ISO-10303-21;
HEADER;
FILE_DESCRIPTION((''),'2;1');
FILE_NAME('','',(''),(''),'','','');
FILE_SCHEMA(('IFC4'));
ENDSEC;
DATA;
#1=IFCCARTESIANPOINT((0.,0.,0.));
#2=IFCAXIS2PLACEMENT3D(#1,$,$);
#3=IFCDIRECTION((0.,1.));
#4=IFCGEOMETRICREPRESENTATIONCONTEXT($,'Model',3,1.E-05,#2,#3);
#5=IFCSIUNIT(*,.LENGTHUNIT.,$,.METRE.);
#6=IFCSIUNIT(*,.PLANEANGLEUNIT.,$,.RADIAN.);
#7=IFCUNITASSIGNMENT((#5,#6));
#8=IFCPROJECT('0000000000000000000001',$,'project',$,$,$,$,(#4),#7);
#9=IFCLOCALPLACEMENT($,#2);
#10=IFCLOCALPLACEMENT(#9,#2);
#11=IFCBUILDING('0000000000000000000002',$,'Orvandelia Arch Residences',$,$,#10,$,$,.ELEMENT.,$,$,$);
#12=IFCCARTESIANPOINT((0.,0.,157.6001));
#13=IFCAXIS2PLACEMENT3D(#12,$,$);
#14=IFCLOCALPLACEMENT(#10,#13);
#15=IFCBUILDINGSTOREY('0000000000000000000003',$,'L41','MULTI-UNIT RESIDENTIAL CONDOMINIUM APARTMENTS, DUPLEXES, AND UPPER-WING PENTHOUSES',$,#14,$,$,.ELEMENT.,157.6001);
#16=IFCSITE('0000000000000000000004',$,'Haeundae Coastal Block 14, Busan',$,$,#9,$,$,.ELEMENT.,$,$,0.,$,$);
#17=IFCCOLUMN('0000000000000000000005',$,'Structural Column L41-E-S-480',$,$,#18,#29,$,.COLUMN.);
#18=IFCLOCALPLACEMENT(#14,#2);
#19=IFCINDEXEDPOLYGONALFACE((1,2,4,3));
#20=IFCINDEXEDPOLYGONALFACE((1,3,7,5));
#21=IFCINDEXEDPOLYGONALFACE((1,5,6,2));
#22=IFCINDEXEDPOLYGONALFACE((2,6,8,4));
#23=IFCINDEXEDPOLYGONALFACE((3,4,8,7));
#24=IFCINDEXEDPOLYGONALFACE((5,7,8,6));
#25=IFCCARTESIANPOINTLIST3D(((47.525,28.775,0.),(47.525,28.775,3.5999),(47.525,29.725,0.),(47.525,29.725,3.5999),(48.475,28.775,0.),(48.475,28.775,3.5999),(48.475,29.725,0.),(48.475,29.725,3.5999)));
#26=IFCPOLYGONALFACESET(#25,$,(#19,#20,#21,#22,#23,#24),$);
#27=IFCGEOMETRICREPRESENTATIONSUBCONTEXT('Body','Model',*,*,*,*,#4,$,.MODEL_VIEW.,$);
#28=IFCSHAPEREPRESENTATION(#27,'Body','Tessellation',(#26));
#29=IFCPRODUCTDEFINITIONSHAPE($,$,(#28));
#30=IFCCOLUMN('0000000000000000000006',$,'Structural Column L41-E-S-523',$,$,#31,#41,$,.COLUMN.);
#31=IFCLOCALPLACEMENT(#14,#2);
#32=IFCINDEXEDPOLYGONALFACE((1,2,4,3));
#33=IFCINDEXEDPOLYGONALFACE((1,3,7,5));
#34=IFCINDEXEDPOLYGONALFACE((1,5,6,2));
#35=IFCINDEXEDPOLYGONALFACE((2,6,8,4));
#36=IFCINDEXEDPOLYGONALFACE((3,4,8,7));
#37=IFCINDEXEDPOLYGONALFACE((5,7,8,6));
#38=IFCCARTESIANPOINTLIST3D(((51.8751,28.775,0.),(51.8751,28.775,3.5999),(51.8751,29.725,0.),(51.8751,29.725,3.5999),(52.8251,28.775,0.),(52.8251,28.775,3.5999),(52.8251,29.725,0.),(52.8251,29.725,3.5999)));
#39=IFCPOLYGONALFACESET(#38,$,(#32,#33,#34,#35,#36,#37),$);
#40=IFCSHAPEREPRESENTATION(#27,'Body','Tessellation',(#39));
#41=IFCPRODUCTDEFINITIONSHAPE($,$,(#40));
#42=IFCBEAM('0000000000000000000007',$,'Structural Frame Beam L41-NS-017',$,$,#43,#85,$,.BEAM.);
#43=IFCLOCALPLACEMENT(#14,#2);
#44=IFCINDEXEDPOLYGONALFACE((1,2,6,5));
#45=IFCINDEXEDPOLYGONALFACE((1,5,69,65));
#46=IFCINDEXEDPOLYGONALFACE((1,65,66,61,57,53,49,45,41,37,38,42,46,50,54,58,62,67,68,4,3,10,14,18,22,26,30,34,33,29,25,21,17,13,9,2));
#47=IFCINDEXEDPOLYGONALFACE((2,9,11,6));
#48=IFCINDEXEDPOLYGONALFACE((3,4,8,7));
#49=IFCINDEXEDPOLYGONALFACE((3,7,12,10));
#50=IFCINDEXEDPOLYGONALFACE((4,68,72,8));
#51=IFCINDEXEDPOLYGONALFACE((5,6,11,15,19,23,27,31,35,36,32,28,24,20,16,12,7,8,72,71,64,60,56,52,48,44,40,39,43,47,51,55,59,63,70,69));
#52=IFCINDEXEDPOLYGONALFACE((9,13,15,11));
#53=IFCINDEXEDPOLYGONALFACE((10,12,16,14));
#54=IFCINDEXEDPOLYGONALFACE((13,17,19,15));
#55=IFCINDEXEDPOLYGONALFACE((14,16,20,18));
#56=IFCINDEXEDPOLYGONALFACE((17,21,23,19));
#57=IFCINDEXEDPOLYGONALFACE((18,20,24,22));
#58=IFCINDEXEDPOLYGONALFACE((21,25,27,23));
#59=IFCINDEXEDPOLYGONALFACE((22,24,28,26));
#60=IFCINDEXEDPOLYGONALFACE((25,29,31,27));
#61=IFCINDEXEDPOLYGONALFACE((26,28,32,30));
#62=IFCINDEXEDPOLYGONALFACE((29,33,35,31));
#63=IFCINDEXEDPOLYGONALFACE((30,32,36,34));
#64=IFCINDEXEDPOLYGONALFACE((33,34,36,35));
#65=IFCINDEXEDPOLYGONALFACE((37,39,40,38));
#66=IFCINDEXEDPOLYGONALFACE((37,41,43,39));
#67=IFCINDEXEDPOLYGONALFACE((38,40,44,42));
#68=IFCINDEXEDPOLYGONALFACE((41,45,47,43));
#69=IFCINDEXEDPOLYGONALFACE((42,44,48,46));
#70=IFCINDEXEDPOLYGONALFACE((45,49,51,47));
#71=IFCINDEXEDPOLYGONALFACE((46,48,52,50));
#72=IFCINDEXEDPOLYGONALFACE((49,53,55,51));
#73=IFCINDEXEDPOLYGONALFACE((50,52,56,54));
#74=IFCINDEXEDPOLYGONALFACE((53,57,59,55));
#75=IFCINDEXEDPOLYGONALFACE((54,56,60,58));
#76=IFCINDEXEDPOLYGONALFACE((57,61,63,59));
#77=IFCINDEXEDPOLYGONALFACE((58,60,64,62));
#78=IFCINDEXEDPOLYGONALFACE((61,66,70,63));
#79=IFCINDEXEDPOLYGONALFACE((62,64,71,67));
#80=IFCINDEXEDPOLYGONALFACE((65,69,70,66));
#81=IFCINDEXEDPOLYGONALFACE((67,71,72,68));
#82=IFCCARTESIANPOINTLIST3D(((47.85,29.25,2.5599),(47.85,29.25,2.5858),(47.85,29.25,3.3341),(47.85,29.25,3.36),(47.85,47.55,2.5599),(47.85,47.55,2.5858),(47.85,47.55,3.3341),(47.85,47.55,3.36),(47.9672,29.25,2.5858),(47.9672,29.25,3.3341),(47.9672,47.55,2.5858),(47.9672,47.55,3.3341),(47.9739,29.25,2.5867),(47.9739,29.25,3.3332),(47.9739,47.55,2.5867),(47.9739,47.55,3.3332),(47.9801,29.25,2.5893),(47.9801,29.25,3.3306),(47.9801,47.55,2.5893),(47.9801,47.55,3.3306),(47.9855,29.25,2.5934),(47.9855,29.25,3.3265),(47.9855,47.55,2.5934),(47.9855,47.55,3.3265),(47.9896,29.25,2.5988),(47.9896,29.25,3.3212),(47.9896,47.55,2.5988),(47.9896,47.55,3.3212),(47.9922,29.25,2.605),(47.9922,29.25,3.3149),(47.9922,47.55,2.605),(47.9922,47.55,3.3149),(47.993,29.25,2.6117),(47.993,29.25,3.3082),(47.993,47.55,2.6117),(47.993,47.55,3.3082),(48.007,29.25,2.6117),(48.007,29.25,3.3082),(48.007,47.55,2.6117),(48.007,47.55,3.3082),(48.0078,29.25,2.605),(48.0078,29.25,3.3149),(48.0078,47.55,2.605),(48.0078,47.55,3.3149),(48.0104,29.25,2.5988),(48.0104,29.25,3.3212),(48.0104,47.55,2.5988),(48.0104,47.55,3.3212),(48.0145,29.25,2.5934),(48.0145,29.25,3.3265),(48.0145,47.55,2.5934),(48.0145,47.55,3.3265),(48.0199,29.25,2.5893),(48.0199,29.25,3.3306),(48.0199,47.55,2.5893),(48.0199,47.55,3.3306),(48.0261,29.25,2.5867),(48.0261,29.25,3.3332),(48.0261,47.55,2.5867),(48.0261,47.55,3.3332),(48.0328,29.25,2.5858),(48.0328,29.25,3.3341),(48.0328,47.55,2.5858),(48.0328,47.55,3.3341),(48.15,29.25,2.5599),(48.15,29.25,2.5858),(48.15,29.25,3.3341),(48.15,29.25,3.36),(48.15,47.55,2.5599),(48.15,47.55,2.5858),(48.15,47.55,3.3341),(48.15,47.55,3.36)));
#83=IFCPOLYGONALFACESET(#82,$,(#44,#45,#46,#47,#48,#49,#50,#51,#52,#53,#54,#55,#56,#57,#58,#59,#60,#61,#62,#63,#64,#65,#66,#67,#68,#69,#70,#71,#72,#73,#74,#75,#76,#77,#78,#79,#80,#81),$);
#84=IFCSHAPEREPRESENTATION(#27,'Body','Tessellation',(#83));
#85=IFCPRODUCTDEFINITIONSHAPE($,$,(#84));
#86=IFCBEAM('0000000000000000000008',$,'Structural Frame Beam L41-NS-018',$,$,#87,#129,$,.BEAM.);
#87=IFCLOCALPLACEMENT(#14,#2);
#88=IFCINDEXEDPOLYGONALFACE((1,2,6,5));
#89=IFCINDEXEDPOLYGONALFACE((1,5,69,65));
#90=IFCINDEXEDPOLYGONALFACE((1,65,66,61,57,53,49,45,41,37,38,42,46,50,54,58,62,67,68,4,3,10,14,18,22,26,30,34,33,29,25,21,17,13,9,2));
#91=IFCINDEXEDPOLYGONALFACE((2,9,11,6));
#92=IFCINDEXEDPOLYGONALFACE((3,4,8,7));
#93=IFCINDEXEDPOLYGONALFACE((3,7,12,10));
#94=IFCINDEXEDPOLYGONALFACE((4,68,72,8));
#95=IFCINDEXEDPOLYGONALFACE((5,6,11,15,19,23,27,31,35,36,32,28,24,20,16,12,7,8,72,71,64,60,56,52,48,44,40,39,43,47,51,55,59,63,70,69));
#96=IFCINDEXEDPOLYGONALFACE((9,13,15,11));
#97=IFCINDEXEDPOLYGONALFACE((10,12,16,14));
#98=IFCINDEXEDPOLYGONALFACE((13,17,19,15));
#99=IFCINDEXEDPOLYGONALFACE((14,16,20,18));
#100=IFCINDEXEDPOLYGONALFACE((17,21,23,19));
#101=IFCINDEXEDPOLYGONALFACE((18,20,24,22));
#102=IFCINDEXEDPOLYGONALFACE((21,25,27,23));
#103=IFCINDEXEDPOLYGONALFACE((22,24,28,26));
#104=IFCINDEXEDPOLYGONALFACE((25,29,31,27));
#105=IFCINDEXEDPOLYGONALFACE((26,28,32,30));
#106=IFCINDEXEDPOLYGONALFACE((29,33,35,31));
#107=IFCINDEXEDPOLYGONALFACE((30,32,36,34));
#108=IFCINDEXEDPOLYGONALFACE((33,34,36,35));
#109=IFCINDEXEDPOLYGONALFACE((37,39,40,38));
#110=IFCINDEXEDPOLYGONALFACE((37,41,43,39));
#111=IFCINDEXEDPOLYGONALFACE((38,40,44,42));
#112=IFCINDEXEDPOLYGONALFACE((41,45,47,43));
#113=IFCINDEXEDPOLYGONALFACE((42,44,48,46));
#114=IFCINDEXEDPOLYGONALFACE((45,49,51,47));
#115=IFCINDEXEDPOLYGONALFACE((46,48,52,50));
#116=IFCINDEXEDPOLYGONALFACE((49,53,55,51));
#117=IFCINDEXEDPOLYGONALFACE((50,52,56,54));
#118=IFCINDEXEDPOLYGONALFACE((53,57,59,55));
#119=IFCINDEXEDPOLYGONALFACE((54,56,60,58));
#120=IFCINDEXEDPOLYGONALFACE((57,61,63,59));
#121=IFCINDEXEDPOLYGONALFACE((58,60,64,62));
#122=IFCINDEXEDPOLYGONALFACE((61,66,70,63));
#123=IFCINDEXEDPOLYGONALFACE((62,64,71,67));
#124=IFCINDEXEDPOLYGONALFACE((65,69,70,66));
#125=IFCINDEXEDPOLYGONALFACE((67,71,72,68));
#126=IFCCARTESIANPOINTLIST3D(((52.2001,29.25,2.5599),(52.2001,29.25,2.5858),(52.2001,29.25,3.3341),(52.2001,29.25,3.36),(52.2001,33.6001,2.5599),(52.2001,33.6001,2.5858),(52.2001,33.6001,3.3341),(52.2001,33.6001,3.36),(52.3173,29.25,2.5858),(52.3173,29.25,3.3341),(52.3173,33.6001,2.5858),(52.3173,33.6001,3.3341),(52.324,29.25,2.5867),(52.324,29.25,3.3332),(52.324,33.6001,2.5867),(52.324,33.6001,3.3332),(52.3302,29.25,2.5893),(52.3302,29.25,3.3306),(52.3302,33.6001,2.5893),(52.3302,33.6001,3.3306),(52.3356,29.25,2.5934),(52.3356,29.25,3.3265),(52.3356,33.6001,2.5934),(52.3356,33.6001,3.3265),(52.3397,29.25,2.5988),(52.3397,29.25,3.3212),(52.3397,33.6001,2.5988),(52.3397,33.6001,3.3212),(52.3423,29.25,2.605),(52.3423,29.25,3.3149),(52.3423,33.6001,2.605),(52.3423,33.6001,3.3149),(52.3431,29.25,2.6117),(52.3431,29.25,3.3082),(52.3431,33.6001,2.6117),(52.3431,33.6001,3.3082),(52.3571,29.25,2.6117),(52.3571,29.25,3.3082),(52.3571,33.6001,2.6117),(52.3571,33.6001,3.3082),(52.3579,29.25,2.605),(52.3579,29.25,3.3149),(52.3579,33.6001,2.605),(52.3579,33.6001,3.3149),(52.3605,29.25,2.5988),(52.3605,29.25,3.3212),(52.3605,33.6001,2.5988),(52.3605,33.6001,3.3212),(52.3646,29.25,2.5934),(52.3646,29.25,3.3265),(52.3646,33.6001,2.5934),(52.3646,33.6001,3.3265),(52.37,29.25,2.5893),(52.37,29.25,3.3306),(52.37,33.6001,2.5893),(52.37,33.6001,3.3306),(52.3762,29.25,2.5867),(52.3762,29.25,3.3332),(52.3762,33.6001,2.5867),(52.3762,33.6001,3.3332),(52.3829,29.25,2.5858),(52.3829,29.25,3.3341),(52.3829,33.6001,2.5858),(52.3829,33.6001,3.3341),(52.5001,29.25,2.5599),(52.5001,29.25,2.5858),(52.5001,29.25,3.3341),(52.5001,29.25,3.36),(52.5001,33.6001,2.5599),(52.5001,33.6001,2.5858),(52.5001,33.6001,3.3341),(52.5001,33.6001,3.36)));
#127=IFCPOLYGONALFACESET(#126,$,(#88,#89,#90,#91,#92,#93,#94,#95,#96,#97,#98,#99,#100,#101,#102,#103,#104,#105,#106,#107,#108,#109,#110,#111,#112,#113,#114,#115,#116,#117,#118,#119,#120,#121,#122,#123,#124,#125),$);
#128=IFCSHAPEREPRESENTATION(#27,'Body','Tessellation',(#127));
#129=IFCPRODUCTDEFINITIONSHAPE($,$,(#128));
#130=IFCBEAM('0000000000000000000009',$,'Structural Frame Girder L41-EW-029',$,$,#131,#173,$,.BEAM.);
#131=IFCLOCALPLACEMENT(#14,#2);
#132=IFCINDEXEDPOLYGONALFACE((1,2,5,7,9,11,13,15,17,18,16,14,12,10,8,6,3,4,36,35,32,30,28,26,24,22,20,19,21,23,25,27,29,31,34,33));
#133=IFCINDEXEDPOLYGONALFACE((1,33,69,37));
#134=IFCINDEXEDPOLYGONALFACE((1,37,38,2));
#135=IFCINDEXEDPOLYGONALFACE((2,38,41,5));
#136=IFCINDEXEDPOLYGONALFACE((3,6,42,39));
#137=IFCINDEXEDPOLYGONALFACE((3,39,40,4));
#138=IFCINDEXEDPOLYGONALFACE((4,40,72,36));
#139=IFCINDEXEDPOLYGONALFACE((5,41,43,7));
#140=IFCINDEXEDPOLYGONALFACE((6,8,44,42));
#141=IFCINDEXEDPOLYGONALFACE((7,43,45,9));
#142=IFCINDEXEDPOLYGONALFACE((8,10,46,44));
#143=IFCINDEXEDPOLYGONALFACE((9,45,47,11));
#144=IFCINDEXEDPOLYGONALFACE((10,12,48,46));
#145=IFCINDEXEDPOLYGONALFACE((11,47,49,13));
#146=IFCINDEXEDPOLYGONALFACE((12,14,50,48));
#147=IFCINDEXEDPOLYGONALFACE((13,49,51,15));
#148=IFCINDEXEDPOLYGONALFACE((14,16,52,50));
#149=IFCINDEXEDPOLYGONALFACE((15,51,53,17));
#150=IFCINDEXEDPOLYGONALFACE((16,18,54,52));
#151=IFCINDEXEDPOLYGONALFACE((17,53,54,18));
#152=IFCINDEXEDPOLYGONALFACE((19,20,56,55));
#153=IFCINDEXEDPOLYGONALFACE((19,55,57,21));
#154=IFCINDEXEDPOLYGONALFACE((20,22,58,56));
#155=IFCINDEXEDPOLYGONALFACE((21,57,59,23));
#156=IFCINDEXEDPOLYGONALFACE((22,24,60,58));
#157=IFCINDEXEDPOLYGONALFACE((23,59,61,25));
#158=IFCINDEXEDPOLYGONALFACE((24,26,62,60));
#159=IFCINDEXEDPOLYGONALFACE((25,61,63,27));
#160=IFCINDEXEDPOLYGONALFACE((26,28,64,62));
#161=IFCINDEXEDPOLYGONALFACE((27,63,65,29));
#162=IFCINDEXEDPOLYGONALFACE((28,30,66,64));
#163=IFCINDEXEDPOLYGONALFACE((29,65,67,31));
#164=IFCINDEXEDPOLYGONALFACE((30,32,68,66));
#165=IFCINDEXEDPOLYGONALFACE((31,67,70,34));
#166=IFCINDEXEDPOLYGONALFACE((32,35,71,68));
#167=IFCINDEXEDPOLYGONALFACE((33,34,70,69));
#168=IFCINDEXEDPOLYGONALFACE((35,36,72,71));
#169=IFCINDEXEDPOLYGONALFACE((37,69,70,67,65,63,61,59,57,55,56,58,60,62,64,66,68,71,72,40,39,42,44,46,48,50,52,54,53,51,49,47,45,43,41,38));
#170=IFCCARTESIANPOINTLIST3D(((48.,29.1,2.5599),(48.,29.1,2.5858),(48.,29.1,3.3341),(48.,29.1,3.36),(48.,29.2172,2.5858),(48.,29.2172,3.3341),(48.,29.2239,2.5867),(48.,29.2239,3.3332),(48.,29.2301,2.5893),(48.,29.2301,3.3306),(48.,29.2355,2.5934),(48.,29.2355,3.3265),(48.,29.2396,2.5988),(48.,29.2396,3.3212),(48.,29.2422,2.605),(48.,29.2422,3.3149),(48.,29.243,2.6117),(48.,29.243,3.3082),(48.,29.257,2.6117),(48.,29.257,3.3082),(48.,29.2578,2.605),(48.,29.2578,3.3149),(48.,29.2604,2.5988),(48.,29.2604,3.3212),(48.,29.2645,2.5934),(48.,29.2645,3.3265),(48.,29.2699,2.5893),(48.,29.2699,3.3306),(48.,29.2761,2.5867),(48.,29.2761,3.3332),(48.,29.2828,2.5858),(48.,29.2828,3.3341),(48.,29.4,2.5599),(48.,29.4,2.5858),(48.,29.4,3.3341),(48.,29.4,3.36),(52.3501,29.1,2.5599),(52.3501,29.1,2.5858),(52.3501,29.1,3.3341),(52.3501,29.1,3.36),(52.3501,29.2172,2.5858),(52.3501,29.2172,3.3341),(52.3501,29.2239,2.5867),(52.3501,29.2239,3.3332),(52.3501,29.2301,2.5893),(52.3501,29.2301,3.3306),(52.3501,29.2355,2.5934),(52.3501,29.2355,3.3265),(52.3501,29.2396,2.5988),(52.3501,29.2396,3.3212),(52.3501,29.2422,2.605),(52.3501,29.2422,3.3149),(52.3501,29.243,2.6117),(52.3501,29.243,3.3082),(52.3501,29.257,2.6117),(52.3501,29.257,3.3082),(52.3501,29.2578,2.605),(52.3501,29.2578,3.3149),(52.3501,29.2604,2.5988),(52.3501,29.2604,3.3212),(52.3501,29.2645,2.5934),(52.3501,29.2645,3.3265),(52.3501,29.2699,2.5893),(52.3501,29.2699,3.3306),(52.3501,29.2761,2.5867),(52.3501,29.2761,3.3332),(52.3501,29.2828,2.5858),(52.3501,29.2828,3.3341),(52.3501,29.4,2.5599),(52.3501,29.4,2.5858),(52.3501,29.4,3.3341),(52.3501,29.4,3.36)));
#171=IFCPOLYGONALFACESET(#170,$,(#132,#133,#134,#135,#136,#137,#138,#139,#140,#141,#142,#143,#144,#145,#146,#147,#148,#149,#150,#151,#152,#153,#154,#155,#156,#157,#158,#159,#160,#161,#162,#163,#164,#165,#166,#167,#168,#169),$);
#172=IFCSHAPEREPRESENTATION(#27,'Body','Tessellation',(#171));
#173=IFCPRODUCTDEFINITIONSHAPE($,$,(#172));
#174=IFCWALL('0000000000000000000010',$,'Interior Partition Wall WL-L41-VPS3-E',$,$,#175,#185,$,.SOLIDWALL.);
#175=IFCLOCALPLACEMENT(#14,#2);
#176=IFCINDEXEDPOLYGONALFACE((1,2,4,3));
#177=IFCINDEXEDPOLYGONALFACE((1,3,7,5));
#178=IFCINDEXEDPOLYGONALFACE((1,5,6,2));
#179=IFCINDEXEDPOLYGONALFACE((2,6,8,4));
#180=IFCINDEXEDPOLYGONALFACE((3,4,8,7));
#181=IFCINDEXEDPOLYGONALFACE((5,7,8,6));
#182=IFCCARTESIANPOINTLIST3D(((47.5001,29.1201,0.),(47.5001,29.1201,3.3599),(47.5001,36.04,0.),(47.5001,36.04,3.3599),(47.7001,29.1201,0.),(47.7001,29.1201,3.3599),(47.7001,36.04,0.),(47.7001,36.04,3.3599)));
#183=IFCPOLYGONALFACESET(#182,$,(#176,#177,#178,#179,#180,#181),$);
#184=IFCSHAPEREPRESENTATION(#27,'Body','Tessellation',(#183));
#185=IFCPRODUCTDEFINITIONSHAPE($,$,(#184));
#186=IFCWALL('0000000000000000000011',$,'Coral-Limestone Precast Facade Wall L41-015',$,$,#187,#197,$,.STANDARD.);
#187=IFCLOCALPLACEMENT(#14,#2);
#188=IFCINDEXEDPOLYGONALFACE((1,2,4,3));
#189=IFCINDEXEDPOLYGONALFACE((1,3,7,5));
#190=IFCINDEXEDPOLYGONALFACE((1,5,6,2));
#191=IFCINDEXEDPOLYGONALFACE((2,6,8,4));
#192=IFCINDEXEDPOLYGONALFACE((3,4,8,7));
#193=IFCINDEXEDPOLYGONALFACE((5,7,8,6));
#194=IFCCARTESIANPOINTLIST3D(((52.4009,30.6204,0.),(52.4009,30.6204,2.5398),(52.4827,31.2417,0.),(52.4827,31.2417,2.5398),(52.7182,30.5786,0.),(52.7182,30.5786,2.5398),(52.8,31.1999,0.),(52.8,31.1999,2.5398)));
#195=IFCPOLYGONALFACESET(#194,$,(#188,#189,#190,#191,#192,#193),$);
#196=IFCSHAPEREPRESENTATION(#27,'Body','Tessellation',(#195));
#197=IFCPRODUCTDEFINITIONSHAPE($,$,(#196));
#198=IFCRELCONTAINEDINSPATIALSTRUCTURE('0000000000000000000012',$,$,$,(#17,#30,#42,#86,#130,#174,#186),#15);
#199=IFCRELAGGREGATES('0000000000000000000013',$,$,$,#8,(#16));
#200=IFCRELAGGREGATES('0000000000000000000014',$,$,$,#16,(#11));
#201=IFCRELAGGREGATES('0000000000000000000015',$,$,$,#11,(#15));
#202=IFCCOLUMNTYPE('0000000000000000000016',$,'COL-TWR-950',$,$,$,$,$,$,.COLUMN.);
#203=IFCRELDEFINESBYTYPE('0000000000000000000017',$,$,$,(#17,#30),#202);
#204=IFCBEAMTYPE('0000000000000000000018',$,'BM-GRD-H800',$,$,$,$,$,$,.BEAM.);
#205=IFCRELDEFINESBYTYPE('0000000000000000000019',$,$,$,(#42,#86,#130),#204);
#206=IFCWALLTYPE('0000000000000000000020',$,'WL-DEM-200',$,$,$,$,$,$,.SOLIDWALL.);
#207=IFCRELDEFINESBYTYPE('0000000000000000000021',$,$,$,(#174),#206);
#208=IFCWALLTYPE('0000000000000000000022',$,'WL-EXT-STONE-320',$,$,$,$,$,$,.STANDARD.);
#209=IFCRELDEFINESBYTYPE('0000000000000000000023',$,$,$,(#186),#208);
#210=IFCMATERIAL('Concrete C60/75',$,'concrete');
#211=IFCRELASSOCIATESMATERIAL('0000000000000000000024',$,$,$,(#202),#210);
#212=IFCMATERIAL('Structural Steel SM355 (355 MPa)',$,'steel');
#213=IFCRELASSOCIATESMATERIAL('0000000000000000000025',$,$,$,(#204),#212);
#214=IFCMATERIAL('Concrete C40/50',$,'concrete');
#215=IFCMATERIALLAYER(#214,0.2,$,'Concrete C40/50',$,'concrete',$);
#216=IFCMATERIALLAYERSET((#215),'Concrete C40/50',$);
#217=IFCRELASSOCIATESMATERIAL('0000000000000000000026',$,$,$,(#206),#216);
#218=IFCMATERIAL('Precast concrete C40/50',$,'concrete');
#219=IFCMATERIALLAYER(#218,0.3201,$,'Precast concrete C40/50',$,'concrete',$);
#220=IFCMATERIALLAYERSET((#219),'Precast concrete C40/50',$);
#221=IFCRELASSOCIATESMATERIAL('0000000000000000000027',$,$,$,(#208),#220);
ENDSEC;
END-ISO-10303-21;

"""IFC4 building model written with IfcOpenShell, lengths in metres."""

from ifc_helpers import new_model, si_unit, direction, frame, frame_2d, origin, origin_2d, place, context, subcontext, project, spatial, rectangle, i_section, extrude, material, layer, layer_set, material_profile, profile_set, type_object, element, save


model = new_model("IFC4")

# Units and contexts
model_context = context("Model", 3, precision=1e-05, world=origin(), true_north=direction((0.0, 1.0)))
body_context = subcontext(model_context, "Body", "Model", "MODEL_VIEW")
ifc_project = project(units=[si_unit("LENGTHUNIT", "METRE"), si_unit("PLANEANGLEUNIT", "RADIAN")], contexts=[model_context])

# Site, building, storey
site_placement = place(None, origin())
site = spatial("IfcSite", under=ifc_project, at=site_placement, Name="Haeundae Coastal Block 14, Busan", CompositionType="ELEMENT", RefElevation=0.0)
building_placement = place(site_placement, origin())
building = spatial("IfcBuilding", under=site, at=building_placement, Name="Orvandelia Arch Residences", CompositionType="ELEMENT")
storey_placement = place(building_placement, frame((0.0, 0.0, 157.6001)))
storey = spatial("IfcBuildingStorey", under=building, at=storey_placement, Name="L41", Description="MULTI-UNIT RESIDENTIAL CONDOMINIUM APARTMENTS, DUPLEXES, AND UPPER-WING PENTHOUSES", CompositionType="ELEMENT", Elevation=157.6001)

# Columns
ifc_material_1 = material(Name="Concrete C60/75", Category="concrete")
ifc_material_profile_1 = material_profile(ifc_material_1, rectangle(XDim=0.95, YDim=0.95, at=origin_2d()), Name="Concrete C60/75", Category="concrete")
ifc_profile_set_1 = profile_set([ifc_material_profile_1], Name="Concrete C60/75")
column_type = type_object("IfcColumnType", Name="COL-TWR-950", PredefinedType="COLUMN", material=ifc_profile_set_1)
for number, where, z_axis, x_axis, name in (
    (1, (48.0, 29.25, 0.0), (0.0, 0.0, 1.0), (1.0, 0.0, 0.0), "Structural Column L41-E-S-480"),
    (2, (52.3501, 29.25, 0.0), (0.0, 0.0, 1.0), (1.0, 0.0, 0.0), "Structural Column L41-E-S-523"),
):
    element("IfcColumn", number, at=place(storey_placement, frame(where, z_axis=z_axis, x_axis=x_axis)), inside=storey, type_object=column_type, Name=name, PredefinedType="COLUMN", context=body_context, shape_type="SweptSolid", body=[
        extrude(rectangle(XDim=0.95, YDim=0.95, at=origin_2d()), origin(), (0.0, 0.0, 1.0), 3.5999),
    ])

# Beams
ifc_material_2 = material(Name="Structural Steel SM355 (355 MPa)", Category="steel")
ifc_material_profile_2 = material_profile(ifc_material_2, i_section(OverallWidth=0.3, OverallDepth=0.8, WebThickness=0.0139, FlangeThickness=0.0259, FilletRadius=0.0259, at=origin_2d()), Name="Structural Steel SM355 (355 MPa)", Category="steel")
ifc_profile_set_2 = profile_set([ifc_material_profile_2], Name="Structural Steel SM355 (355 MPa)")
beam_type = type_object("IfcBeamType", Name="BM-GRD-H800", PredefinedType="BEAM", material=ifc_profile_set_2)
beam_placement = place(storey_placement, frame((48.0, 29.25, 2.96), z_axis=(0.0, 1.0, 0.0), x_axis=(-1.0, 0.0, 0.0)))
element("IfcBeam", 3, at=beam_placement, inside=storey, type_object=beam_type, Name="Structural Frame Beam L41-NS-017", PredefinedType="BEAM", context=body_context, shape_type="SweptSolid", body=[
    extrude(i_section(OverallWidth=0.3, OverallDepth=0.8, WebThickness=0.0139, FlangeThickness=0.0259, FilletRadius=0.0259, at=origin_2d()), origin(), (0.0, 0.0, 1.0), 18.3),
])
for number, where, z_axis, x_axis, name in (
    (4, (52.3501, 29.25, 2.96), (0.0, 1.0, 0.0), (-1.0, 0.0, 0.0), "Structural Frame Beam L41-NS-018"),
    (5, (48.0, 29.25, 2.96), (1.0, 0.0, 0.0), (0.0, 1.0, 0.0), "Structural Frame Girder L41-EW-029"),
):
    element("IfcBeam", number, at=place(storey_placement, frame(where, z_axis=z_axis, x_axis=x_axis)), inside=storey, type_object=beam_type, Name=name, PredefinedType="BEAM", context=body_context, shape_type="SweptSolid", body=[
        extrude(i_section(OverallWidth=0.3, OverallDepth=0.8, WebThickness=0.0139, FlangeThickness=0.0259, FilletRadius=0.0259, at=origin_2d()), origin(), (0.0, 0.0, 1.0), 4.3501),
    ])

# Walls
ifc_material_3 = material(Name="Concrete C40/50", Category="concrete")
ifc_layer_1 = layer(ifc_material_3, 0.2, Name="Concrete C40/50", Category="concrete")
ifc_layer_set_1 = layer_set([ifc_layer_1], Name="Concrete C40/50")
wall_type_1 = type_object("IfcWallType", Name="WL-DEM-200", PredefinedType="SOLIDWALL", material=ifc_layer_set_1)
wall_1_placement = place(storey_placement, frame((47.6001, 29.1201, 0.0), z_axis=(0.0, 0.0, 1.0), x_axis=(0.0, 1.0, 0.0)))
element("IfcWall", 6, at=wall_1_placement, inside=storey, type_object=wall_type_1, Name="Interior Partition Wall WL-L41-VPS3-E", PredefinedType="SOLIDWALL", context=body_context, shape_type="SweptSolid", body=[
    extrude(rectangle(XDim=6.9199, YDim=0.2, at=frame_2d((3.46, 0.0))), origin(), (0.0, 0.0, 1.0), 3.3599),
])
ifc_material_4 = material(Name="Precast concrete C40/50", Category="concrete")
ifc_layer_2 = layer(ifc_material_4, 0.3201, Name="Precast concrete C40/50", Category="concrete")
ifc_layer_set_2 = layer_set([ifc_layer_2], Name="Precast concrete C40/50")
wall_type_2 = type_object("IfcWallType", Name="WL-EXT-STONE-320", PredefinedType="STANDARD", material=ifc_layer_set_2)
wall_2_placement = place(storey_placement, frame((52.6414, 31.2209, 0.0), z_axis=(0.0, 0.0, 1.0), x_axis=(-0.130505, -0.991448, 0.0)))
element("IfcWall", 7, at=wall_2_placement, inside=storey, type_object=wall_type_2, Name="Coral-Limestone Precast Facade Wall L41-015", PredefinedType="STANDARD", context=body_context, shape_type="SweptSolid", body=[
    extrude(rectangle(XDim=0.6267, YDim=0.3201, at=frame_2d((0.3135, 0.0))), origin(), (0.0, 0.0, 1.0), 2.5398),
])

save(model, "model.ifc")
